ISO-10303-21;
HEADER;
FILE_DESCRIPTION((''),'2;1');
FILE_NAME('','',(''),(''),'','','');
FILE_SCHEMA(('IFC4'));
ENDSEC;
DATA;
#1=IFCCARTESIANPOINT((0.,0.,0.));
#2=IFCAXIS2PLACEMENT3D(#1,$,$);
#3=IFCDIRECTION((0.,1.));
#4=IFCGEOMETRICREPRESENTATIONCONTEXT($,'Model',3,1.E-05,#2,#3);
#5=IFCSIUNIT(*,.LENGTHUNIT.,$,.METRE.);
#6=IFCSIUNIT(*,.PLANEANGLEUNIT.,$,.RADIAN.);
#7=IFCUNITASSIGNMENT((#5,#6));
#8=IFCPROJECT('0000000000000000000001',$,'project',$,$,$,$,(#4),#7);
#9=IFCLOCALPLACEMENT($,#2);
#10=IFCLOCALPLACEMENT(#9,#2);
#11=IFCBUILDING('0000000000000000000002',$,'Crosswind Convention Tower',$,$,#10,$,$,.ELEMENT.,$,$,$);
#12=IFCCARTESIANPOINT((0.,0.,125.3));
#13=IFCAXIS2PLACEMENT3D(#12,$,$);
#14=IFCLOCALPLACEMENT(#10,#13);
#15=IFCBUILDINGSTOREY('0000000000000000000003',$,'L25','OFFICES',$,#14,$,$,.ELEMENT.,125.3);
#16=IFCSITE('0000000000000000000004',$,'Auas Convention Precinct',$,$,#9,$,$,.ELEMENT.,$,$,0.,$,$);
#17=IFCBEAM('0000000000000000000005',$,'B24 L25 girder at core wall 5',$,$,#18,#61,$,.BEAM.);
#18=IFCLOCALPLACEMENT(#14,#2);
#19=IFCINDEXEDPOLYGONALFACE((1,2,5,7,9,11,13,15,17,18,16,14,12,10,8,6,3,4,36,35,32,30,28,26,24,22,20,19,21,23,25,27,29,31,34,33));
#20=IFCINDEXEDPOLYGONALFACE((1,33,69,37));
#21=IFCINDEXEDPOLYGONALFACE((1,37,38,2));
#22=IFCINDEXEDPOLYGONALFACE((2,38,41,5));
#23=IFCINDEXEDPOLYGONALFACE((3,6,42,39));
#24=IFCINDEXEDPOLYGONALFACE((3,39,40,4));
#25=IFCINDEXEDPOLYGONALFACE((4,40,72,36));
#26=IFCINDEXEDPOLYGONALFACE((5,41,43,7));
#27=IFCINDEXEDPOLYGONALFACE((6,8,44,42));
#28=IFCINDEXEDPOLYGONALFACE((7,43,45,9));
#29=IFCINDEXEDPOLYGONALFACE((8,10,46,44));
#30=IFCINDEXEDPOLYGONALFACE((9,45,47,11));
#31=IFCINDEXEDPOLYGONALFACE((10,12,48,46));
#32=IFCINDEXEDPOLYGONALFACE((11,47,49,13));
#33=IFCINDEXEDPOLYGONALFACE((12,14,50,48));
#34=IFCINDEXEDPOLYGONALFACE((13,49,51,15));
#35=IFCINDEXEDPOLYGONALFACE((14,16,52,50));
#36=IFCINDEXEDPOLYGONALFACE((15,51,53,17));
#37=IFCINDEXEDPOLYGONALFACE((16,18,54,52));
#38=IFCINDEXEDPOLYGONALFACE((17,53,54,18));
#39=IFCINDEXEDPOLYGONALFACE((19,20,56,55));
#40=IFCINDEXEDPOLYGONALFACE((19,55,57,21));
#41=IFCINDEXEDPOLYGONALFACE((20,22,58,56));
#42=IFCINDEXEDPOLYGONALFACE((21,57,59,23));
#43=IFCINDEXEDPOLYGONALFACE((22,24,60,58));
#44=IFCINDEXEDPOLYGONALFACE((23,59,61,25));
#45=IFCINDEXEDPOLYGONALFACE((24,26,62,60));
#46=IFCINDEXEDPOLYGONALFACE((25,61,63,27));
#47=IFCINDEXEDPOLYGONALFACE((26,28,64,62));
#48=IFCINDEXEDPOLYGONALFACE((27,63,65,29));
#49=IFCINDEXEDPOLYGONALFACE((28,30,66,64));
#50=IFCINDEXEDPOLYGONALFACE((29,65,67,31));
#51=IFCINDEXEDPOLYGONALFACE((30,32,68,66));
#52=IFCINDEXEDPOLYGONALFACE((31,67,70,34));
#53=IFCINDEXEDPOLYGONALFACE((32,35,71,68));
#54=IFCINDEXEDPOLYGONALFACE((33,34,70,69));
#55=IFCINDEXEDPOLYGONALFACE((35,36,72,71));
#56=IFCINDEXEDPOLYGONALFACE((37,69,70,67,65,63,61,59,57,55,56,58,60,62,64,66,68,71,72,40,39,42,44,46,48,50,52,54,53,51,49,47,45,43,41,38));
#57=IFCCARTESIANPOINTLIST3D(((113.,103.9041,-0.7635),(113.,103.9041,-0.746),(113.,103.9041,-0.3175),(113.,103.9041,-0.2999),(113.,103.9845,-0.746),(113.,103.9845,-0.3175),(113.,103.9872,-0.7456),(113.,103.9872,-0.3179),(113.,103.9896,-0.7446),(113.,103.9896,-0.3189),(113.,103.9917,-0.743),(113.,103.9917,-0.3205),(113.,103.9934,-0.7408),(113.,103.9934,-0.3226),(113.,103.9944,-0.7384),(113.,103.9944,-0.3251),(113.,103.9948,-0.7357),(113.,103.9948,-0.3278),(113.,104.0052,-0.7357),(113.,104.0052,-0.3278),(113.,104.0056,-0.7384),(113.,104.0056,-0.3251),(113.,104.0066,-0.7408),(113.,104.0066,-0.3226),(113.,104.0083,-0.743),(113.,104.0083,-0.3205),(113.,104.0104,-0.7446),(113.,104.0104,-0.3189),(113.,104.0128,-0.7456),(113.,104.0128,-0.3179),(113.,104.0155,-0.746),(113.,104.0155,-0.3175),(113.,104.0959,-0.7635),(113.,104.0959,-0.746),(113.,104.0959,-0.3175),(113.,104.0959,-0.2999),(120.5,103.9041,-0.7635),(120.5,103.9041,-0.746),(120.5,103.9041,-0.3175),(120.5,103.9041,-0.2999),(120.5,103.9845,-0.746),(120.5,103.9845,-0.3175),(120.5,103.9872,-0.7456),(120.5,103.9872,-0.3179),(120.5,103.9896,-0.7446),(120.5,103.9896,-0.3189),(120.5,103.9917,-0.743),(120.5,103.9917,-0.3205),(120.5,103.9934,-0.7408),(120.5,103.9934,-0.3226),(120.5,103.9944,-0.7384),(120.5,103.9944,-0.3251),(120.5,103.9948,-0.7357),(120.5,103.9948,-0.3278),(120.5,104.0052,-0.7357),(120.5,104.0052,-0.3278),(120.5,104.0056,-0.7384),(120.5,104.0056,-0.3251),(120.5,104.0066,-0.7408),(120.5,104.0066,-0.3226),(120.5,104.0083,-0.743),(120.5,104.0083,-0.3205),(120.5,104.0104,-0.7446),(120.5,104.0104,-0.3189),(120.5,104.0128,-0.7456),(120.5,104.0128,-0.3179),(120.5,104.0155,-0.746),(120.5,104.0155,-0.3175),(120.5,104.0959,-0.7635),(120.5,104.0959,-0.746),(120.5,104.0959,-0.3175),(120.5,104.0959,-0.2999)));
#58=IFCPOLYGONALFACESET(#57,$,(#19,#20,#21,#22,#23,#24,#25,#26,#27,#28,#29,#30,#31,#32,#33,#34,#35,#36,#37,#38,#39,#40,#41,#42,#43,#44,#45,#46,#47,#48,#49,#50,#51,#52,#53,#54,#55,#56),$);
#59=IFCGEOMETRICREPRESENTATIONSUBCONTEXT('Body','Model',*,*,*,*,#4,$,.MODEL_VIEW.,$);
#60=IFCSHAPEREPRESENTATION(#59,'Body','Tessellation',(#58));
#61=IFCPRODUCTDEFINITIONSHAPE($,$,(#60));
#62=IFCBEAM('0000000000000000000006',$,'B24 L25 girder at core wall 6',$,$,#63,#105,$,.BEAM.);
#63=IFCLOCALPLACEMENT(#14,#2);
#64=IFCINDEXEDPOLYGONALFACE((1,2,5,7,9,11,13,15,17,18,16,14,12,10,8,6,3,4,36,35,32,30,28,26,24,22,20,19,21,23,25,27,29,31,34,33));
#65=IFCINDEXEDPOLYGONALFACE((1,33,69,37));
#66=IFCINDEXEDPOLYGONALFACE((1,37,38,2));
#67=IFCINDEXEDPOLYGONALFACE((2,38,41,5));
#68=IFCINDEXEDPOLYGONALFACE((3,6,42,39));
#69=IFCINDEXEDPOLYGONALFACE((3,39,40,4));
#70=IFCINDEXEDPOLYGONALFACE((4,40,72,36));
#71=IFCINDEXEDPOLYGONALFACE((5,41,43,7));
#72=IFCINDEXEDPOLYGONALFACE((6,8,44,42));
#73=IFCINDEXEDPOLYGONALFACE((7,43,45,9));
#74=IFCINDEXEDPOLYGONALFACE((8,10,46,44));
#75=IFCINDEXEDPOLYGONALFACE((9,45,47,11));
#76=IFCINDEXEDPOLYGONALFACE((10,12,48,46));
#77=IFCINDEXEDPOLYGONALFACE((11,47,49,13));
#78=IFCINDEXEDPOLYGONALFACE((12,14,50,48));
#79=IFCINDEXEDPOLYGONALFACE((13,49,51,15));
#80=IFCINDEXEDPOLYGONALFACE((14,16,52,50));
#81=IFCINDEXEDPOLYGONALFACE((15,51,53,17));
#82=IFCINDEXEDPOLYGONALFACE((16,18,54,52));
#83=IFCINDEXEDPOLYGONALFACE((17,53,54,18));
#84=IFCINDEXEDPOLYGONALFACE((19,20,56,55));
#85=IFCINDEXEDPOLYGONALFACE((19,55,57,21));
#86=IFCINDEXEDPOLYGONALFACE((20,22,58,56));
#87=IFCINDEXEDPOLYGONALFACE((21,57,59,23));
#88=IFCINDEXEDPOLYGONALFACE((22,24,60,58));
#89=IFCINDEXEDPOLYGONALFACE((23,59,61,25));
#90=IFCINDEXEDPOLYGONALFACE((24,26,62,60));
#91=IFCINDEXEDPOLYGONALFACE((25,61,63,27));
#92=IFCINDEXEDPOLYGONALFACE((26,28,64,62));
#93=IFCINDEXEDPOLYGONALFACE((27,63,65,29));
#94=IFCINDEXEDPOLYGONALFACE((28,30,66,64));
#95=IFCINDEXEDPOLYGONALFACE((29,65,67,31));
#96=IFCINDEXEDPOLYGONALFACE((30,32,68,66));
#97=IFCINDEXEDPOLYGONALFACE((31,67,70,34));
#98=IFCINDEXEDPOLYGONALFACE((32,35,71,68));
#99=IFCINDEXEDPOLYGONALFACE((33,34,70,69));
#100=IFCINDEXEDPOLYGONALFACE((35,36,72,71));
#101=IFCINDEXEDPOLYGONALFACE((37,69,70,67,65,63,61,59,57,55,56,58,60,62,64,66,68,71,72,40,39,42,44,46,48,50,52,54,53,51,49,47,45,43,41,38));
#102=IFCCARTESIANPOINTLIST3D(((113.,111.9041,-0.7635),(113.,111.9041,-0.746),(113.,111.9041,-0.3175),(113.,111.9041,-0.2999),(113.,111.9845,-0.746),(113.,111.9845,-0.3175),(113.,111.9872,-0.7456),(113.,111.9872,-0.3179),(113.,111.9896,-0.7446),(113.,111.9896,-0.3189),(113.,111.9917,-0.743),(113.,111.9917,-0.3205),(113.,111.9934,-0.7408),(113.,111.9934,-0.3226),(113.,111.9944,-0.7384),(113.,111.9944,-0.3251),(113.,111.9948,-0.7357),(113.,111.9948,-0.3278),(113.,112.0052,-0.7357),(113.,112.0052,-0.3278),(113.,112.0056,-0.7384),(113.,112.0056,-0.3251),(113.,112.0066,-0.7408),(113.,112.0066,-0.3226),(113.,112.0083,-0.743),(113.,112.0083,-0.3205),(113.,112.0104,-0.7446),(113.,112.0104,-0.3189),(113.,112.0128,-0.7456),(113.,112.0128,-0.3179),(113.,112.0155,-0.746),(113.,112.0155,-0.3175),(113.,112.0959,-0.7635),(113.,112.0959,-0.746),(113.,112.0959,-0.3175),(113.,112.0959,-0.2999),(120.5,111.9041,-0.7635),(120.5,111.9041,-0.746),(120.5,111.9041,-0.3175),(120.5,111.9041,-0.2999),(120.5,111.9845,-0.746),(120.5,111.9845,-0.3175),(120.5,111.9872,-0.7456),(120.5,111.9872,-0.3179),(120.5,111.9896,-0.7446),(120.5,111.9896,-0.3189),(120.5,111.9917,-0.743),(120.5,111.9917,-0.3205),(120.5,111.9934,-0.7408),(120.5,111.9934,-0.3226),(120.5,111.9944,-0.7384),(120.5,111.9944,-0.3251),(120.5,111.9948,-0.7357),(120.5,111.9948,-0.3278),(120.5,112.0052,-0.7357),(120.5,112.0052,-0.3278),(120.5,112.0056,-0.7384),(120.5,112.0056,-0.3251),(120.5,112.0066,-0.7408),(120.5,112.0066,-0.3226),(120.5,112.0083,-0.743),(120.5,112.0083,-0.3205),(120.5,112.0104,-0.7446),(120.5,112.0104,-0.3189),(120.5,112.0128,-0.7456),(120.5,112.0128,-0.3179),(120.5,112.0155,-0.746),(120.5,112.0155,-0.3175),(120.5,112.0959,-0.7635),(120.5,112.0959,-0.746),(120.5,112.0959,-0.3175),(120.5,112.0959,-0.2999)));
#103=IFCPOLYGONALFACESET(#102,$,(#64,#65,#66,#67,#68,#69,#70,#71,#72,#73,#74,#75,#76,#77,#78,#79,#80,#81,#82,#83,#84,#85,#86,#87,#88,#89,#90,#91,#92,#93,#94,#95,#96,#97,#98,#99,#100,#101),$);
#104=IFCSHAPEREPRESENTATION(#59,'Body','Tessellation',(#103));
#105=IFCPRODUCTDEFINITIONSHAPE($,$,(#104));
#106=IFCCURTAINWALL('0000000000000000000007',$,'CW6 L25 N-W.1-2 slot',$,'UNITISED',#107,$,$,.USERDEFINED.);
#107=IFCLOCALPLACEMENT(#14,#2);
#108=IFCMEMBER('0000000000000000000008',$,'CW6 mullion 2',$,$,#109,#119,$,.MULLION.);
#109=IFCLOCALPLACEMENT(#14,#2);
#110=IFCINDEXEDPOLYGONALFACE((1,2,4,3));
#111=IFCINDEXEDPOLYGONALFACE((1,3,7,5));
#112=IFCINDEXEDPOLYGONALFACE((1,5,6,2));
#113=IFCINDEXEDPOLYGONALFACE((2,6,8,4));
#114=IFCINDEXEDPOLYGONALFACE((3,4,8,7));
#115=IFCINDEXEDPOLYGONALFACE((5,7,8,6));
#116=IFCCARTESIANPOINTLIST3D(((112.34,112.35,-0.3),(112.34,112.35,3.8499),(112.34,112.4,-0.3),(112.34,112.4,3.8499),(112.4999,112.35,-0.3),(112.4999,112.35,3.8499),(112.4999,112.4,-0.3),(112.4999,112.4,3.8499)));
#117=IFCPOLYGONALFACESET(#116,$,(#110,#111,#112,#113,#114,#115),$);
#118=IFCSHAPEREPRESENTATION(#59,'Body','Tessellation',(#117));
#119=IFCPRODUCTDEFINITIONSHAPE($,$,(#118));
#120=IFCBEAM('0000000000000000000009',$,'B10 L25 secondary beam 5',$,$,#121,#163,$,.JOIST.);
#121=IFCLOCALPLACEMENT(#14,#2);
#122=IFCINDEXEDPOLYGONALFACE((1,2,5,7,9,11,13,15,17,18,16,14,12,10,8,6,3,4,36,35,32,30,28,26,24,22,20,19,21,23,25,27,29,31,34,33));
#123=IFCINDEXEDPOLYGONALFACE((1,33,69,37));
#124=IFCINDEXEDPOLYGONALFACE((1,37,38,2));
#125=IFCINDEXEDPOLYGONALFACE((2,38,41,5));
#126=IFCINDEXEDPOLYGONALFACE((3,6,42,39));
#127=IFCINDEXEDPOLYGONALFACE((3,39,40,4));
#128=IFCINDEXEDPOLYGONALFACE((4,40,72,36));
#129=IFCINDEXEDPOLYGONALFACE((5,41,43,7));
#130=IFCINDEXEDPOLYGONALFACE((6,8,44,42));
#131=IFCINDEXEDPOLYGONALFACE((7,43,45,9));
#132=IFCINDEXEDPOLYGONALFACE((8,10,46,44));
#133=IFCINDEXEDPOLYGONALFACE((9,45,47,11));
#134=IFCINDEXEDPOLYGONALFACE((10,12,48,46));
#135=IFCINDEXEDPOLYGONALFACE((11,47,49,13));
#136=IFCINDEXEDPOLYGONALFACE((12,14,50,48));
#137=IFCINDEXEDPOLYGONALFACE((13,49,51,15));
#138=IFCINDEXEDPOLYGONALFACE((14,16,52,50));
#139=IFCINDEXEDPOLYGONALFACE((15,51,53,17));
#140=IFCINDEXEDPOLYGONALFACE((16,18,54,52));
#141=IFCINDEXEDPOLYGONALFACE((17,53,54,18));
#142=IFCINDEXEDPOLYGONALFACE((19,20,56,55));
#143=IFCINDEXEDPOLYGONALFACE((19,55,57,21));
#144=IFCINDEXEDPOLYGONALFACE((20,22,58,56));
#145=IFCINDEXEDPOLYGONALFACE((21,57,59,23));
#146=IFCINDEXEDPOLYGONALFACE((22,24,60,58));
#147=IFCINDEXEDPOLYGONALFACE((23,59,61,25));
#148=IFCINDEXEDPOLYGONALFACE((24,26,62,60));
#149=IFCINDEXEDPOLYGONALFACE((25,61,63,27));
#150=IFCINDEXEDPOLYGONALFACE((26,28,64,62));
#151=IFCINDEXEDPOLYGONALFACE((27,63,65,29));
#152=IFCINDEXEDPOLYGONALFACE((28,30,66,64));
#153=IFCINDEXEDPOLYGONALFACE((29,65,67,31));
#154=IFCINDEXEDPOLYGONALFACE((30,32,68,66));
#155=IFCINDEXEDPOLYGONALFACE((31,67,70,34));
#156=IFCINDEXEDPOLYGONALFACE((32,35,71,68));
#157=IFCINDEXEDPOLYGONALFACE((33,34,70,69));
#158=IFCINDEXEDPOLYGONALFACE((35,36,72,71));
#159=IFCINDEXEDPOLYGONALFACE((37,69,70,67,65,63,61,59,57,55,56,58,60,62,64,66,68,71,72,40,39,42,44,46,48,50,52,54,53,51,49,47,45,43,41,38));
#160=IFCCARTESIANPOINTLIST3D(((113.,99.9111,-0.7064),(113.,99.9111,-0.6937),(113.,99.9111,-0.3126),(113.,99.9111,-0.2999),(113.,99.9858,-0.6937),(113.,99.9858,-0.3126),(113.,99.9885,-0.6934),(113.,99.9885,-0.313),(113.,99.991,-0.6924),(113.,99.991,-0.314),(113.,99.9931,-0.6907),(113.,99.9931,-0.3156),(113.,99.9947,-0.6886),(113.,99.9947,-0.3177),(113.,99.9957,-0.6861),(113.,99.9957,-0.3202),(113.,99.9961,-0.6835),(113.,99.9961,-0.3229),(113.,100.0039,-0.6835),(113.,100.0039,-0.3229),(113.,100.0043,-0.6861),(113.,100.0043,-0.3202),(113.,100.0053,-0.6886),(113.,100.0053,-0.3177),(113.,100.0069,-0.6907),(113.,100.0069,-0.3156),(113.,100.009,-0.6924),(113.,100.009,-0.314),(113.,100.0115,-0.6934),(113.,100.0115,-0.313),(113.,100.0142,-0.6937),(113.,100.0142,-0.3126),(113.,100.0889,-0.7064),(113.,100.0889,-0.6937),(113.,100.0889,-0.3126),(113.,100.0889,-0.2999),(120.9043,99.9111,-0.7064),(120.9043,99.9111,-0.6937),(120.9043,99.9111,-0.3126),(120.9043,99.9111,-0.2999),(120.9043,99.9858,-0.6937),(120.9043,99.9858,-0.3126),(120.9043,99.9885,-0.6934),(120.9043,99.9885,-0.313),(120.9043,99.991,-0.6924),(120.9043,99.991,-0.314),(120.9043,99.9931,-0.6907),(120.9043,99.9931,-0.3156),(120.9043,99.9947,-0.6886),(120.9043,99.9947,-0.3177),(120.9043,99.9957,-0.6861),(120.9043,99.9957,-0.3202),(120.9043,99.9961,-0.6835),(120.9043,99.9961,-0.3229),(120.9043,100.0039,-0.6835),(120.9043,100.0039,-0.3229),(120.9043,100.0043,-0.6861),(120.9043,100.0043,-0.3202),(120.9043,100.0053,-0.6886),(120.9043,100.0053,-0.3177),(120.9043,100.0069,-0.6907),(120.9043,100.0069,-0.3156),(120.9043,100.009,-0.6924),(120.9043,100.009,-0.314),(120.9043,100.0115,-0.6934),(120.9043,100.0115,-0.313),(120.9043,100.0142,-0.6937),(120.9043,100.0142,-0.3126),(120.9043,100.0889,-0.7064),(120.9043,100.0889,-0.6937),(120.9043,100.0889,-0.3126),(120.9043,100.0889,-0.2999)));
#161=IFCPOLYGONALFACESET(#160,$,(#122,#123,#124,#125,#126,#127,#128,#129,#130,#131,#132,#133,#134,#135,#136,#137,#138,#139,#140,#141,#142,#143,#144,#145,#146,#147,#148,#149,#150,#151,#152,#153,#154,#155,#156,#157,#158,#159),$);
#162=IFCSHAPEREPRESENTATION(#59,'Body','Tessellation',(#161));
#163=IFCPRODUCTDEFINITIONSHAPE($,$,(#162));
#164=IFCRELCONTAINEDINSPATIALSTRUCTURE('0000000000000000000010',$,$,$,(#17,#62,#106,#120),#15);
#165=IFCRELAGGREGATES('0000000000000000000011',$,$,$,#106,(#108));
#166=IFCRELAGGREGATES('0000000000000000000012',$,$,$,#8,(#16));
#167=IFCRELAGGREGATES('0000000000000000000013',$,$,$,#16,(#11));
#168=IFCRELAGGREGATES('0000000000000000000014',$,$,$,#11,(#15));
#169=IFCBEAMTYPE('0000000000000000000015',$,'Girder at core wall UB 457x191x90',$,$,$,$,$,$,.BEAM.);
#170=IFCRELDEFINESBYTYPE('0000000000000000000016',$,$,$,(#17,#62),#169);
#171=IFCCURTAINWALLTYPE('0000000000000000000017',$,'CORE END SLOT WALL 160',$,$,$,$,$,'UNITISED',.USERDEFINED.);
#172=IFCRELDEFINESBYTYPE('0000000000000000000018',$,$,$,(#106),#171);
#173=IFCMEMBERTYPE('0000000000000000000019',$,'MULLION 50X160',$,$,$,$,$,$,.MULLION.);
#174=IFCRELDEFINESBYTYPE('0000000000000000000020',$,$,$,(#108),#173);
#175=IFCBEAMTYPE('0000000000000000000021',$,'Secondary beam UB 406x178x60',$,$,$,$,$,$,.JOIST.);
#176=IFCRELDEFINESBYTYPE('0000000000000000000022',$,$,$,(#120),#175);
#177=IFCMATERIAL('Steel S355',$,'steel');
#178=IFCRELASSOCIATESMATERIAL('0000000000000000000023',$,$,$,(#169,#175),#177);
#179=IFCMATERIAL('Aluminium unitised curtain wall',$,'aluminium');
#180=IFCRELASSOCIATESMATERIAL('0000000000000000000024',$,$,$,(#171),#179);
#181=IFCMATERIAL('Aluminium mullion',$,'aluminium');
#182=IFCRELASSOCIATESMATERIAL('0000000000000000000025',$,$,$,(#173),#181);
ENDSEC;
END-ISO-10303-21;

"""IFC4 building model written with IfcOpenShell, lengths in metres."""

from ifc_helpers import new_model, si_unit, direction, frame, origin, origin_2d, place, context, subcontext, project, spatial, rectangle, i_section, extrude, material, material_profile, profile_set, type_object, element, aggregate, save


model = new_model("IFC4")

# Units and contexts
model_context = context("Model", 3, precision=1e-05, world=origin(), true_north=direction((0.0, 1.0)))
body_context = subcontext(model_context, "Body", "Model", "MODEL_VIEW")
ifc_project = project(units=[si_unit("LENGTHUNIT", "METRE"), si_unit("PLANEANGLEUNIT", "RADIAN")], contexts=[model_context])

# Site, building, storey
site_placement = place(None, origin())
site = spatial("IfcSite", under=ifc_project, at=site_placement, Name="Auas Convention Precinct", CompositionType="ELEMENT", RefElevation=0.0)
building_placement = place(site_placement, origin())
building = spatial("IfcBuilding", under=site, at=building_placement, Name="Crosswind Convention Tower", CompositionType="ELEMENT")
storey_placement = place(building_placement, frame((0.0, 0.0, 125.3)))
storey = spatial("IfcBuildingStorey", under=building, at=storey_placement, Name="L25", Description="OFFICES", CompositionType="ELEMENT", Elevation=125.3)

# Beams
ifc_material_1 = material(Name="Steel S355", Category="steel")
ifc_material_profile_1 = material_profile(ifc_material_1, i_section(OverallWidth=0.1919, OverallDepth=0.4636, WebThickness=0.0105, FlangeThickness=0.0176, FilletRadius=0.0103, at=origin_2d()), Name="UB 457x191x90")
ifc_profile_set_1 = profile_set([ifc_material_profile_1], Name="Steel S355")
beam_type_1 = type_object("IfcBeamType", Name="Girder at core wall UB 457x191x90", PredefinedType="BEAM", material=ifc_profile_set_1)
for number, where, z_axis, x_axis, name in (
    (1, (113.0, 104.0, -0.5317), (1.0, 0.0, 0.0), (0.0, 1.0, 0.0), "B24 L25 girder at core wall 5"),
    (2, (113.0, 112.0, -0.5317), (1.0, 0.0, 0.0), (0.0, 1.0, 0.0), "B24 L25 girder at core wall 6"),
):
    element("IfcBeam", number, at=place(storey_placement, frame(where, z_axis=z_axis, x_axis=x_axis)), inside=storey, type_object=beam_type_1, Name=name, PredefinedType="BEAM", context=body_context, shape_type="SweptSolid", body=[
        extrude(i_section(OverallWidth=0.1919, OverallDepth=0.4636, WebThickness=0.0105, FlangeThickness=0.0176, FilletRadius=0.0103, at=origin_2d()), origin(), (0.0, 0.0, 1.0), 7.5),
    ])

# Curtain wall, member
ifc_material_2 = material(Name="Aluminium unitised curtain wall", Category="aluminium")
curtain_wall_type = type_object("IfcCurtainWallType", Name="CORE END SLOT WALL 160", ElementType="UNITISED", PredefinedType="USERDEFINED", material=ifc_material_2)
curtain_wall_placement = place(storey_placement, origin())
curtain_wall = element("IfcCurtainWall", 3, at=curtain_wall_placement, inside=storey, type_object=curtain_wall_type, Name="CW6 L25 N-W.1-2 slot", ObjectType="UNITISED", PredefinedType="USERDEFINED")
ifc_material_3 = material(Name="Aluminium mullion", Category="aluminium")
ifc_material_profile_2 = material_profile(ifc_material_3, rectangle(XDim=0.1599, YDim=0.05, at=origin_2d()), Name="AL 160X50")
ifc_profile_set_2 = profile_set([ifc_material_profile_2], Name="Aluminium mullion")
member_type = type_object("IfcMemberType", Name="MULLION 50X160", PredefinedType="MULLION", material=ifc_profile_set_2)
member_placement = place(storey_placement, frame((112.4199, 112.375, -0.3), z_axis=(0.0, 0.0, 1.0), x_axis=(-1.0, 0.0, 0.0)))
member = element("IfcMember", 4, at=member_placement, type_object=member_type, Name="CW6 mullion 2", PredefinedType="MULLION", context=body_context, shape_type="SweptSolid", body=[
    extrude(rectangle(XDim=0.1599, YDim=0.05, at=origin_2d()), origin(), (0.0, 0.0, 1.0), 4.1499),
])
aggregate(curtain_wall, [member])

# Beam
ifc_material_profile_3 = material_profile(ifc_material_1, i_section(OverallWidth=0.1777, OverallDepth=0.4065, WebThickness=0.0078, FlangeThickness=0.0127, FilletRadius=0.0103, at=origin_2d()), Name="UB 406x178x60")
ifc_profile_set_3 = profile_set([ifc_material_profile_3], Name="Steel S355")
beam_type_2 = type_object("IfcBeamType", Name="Secondary beam UB 406x178x60", PredefinedType="JOIST", material=ifc_profile_set_3)
for number, where, z_axis, x_axis, name in (
    (5, (113.0, 100.0, -0.5032), (1.0, 0.0, 0.0), (0.0, 1.0, 0.0), "B10 L25 secondary beam 5"),
):
    element("IfcBeam", number, at=place(storey_placement, frame(where, z_axis=z_axis, x_axis=x_axis)), inside=storey, type_object=beam_type_2, Name=name, PredefinedType="JOIST", context=body_context, shape_type="SweptSolid", body=[
        extrude(i_section(OverallWidth=0.1777, OverallDepth=0.4065, WebThickness=0.0078, FlangeThickness=0.0127, FilletRadius=0.0103, at=origin_2d()), origin(), (0.0, 0.0, 1.0), 7.9043),
    ])

save(model, "model.ifc")
